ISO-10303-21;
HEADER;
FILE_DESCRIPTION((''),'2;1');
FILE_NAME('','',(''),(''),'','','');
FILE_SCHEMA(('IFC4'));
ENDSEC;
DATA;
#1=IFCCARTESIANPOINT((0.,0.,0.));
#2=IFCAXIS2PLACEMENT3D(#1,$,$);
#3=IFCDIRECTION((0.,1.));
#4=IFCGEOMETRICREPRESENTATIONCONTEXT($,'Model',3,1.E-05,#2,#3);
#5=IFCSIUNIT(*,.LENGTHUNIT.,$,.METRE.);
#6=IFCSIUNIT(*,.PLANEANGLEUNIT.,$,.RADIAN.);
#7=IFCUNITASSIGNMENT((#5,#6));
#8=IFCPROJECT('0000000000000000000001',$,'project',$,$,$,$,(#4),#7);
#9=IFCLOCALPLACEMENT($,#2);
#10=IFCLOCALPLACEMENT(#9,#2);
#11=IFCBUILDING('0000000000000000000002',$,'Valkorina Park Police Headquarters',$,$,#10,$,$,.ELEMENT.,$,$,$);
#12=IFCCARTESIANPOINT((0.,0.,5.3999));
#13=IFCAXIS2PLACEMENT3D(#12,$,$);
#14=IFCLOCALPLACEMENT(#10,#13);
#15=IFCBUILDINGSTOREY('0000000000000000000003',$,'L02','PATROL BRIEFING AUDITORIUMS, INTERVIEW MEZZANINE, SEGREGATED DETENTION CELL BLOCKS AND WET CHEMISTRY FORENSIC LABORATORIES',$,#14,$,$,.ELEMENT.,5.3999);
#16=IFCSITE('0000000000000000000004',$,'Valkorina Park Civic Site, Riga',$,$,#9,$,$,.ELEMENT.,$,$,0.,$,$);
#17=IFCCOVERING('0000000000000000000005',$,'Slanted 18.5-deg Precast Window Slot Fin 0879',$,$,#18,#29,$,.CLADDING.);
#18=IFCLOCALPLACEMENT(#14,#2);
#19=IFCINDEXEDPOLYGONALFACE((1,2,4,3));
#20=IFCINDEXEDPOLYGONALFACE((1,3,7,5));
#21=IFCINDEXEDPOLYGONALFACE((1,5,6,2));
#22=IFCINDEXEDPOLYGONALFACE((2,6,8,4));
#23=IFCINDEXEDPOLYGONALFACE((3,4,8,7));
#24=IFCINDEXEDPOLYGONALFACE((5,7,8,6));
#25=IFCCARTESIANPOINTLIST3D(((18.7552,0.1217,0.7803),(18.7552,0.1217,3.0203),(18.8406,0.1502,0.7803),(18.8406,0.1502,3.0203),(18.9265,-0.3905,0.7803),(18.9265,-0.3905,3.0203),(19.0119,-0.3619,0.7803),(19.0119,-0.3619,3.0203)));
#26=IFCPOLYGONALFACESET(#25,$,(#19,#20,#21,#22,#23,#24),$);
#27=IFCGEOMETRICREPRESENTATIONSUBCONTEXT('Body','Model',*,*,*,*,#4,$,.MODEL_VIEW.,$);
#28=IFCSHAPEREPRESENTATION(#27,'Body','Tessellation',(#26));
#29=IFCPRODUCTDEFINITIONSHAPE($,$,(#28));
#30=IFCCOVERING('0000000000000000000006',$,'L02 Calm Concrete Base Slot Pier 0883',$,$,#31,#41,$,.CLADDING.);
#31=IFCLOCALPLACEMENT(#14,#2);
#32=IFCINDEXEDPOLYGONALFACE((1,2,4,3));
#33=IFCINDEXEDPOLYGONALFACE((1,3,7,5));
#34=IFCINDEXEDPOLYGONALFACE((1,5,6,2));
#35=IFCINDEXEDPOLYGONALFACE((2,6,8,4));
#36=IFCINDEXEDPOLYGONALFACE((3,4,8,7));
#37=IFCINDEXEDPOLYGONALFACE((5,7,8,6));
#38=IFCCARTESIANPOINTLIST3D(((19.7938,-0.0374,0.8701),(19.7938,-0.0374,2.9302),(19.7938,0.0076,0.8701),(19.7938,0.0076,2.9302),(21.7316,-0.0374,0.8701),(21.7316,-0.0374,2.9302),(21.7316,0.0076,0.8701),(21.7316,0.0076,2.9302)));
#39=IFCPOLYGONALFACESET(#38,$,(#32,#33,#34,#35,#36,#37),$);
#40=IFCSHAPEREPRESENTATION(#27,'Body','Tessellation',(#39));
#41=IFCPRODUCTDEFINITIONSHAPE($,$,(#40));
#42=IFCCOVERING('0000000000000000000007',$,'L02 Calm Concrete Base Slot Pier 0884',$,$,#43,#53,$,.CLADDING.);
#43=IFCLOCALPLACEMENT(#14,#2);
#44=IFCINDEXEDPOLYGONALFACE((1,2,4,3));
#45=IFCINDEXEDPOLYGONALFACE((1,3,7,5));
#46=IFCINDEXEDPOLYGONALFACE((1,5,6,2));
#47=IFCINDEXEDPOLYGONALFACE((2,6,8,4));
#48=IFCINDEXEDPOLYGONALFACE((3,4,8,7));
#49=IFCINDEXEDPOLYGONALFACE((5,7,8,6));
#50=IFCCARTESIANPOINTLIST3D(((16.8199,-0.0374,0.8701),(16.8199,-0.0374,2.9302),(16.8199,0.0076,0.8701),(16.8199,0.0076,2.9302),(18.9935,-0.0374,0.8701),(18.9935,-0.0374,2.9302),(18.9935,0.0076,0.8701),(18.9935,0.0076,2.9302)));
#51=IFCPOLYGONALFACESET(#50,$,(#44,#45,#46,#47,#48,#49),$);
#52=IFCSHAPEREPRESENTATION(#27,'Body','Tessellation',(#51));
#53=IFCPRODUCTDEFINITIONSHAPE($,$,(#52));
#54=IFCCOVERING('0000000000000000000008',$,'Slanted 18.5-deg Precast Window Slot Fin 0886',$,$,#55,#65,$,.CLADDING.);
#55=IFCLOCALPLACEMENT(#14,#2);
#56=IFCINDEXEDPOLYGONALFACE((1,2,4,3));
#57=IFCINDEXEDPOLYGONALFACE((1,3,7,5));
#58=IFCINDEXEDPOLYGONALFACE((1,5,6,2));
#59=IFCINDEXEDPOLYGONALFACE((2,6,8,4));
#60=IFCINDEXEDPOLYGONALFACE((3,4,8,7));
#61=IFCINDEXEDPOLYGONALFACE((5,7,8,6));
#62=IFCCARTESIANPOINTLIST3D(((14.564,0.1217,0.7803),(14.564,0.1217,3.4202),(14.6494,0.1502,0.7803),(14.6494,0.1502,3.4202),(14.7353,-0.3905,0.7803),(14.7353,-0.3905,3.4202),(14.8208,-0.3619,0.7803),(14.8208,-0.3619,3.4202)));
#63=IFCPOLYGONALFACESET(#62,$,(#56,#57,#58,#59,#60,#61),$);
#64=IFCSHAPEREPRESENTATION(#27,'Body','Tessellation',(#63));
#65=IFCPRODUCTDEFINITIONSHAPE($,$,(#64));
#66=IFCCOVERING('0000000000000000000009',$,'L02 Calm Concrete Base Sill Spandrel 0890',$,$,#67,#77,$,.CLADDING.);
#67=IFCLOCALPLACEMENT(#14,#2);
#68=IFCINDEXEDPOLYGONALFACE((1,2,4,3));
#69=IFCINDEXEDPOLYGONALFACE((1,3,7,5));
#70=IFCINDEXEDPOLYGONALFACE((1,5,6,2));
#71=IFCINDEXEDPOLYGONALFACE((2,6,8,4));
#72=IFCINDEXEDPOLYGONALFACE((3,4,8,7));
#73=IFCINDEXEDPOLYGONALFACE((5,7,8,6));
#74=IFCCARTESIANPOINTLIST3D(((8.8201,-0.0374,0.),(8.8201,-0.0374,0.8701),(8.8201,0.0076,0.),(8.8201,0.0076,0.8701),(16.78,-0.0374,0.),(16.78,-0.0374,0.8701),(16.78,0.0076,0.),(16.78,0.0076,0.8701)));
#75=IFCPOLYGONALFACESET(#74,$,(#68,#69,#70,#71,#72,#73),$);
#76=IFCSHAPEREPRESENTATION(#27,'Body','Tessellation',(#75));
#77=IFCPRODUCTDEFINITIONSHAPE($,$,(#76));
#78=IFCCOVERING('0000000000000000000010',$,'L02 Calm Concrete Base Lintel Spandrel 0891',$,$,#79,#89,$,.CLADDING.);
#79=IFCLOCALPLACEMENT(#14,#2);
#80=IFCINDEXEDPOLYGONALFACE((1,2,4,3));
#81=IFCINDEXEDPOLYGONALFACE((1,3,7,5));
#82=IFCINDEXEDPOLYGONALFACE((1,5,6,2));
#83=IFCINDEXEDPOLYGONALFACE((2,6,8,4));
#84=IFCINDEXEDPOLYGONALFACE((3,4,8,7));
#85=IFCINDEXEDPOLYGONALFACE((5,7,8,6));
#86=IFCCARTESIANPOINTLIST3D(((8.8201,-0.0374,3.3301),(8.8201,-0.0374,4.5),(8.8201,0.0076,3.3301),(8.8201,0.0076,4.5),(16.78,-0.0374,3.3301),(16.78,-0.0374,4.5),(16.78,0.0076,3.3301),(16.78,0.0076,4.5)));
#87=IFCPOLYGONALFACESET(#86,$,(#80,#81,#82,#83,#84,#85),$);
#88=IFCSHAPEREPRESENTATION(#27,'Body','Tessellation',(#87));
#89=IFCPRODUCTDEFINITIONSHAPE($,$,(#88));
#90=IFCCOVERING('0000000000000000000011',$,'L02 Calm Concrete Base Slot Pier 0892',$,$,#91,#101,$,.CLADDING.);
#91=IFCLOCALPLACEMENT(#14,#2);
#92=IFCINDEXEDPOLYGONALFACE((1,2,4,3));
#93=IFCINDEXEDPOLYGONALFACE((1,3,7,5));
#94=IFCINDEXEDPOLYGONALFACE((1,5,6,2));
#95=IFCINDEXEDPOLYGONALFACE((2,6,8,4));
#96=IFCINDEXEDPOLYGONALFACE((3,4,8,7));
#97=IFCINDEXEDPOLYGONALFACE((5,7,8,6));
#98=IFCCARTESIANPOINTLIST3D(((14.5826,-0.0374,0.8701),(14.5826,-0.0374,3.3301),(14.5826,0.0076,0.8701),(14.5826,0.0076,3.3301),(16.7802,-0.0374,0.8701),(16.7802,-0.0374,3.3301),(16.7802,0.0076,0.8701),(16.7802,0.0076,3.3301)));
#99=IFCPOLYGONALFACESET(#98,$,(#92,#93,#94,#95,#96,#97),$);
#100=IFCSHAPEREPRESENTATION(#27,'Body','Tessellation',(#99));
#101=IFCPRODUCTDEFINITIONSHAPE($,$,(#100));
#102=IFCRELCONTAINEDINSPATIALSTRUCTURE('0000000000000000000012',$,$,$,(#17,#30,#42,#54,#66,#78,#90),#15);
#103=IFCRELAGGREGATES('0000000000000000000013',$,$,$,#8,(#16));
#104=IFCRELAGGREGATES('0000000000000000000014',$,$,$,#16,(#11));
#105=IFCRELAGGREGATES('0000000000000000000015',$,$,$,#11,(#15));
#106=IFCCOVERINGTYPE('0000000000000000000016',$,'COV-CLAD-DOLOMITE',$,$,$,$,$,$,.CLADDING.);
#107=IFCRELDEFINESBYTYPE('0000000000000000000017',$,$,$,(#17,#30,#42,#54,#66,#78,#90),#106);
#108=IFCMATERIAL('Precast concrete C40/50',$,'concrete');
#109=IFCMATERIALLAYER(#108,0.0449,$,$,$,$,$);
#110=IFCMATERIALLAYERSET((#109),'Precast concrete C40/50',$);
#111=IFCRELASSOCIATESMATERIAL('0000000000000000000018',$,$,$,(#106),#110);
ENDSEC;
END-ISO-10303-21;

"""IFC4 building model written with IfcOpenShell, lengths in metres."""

from ifc_helpers import new_model, si_unit, direction, frame, frame_2d, origin, origin_2d, place, context, subcontext, project, spatial, rectangle, extrude, material, layer, layer_set, type_object, element, save


model = new_model("IFC4")

# Units and contexts
model_context = context("Model", 3, precision=1e-05, world=origin(), true_north=direction((0.0, 1.0)))
body_context = subcontext(model_context, "Body", "Model", "MODEL_VIEW")
ifc_project = project(units=[si_unit("LENGTHUNIT", "METRE"), si_unit("PLANEANGLEUNIT", "RADIAN")], contexts=[model_context])

# Site, building, storey
site_placement = place(None, origin())
site = spatial("IfcSite", under=ifc_project, at=site_placement, Name="Valkorina Park Civic Site, Riga", CompositionType="ELEMENT", RefElevation=0.0)
building_placement = place(site_placement, origin())
building = spatial("IfcBuilding", under=site, at=building_placement, Name="Valkorina Park Police Headquarters", CompositionType="ELEMENT")
storey_placement = place(building_placement, frame((0.0, 0.0, 5.3999)))
storey = spatial("IfcBuildingStorey", under=building, at=storey_placement, Name="L02", Description="PATROL BRIEFING AUDITORIUMS, INTERVIEW MEZZANINE, SEGREGATED DETENTION CELL BLOCKS AND WET CHEMISTRY FORENSIC LABORATORIES", CompositionType="ELEMENT", Elevation=5.3999)

# Coverings
ifc_material_1 = material(Name="Precast concrete C40/50", Category="concrete")
ifc_layer_1 = layer(ifc_material_1, 0.0449)
ifc_layer_set_1 = layer_set([ifc_layer_1], Name="Precast concrete C40/50")
covering_type = type_object("IfcCoveringType", Name="COV-CLAD-DOLOMITE", PredefinedType="CLADDING", material=ifc_layer_set_1)
for number, where, z_axis, x_axis, name in (
    (1, (18.8835, -0.1201, 0.7803), (0.0, 0.0, 1.0), (0.317305, -0.948324, 0.0), "Slanted 18.5-deg Precast Window Slot Fin 0879"),
):
    element("IfcCovering", number, at=place(storey_placement, frame(where, z_axis=z_axis, x_axis=x_axis)), inside=storey, type_object=covering_type, Name=name, PredefinedType="CLADDING", context=body_context, shape_type="SweptSolid", body=[
        extrude(rectangle(XDim=0.54, YDim=0.0901, at=origin_2d()), origin(), (0.0, 0.0, 1.0), 2.24),
    ])
covering_1_placement = place(storey_placement, frame((21.7314, -0.0149, 0.8701), z_axis=(0.0, 0.0, 1.0), x_axis=(-1.0, 0.0, 0.0)))
element("IfcCovering", 2, at=covering_1_placement, inside=storey, type_object=covering_type, Name="L02 Calm Concrete Base Slot Pier 0883", PredefinedType="CLADDING", context=body_context, shape_type="SweptSolid", body=[
    extrude(rectangle(XDim=1.9377, YDim=0.0449, at=frame_2d((0.9688, 0.0))), origin(), (0.0, 0.0, 1.0), 2.0601),
])
covering_2_placement = place(storey_placement, frame((18.9937, -0.0149, 0.8701), z_axis=(0.0, 0.0, 1.0), x_axis=(-1.0, 0.0, 0.0)))
element("IfcCovering", 3, at=covering_2_placement, inside=storey, type_object=covering_type, Name="L02 Calm Concrete Base Slot Pier 0884", PredefinedType="CLADDING", context=body_context, shape_type="SweptSolid", body=[
    extrude(rectangle(XDim=2.1736, YDim=0.0449, at=frame_2d((1.0869, 0.0))), origin(), (0.0, 0.0, 1.0), 2.0601),
])
covering_3_placement = place(storey_placement, frame((14.6924, -0.1201, 0.7803), z_axis=(0.0, 0.0, 1.0), x_axis=(0.317305, -0.948324, 0.0)))
element("IfcCovering", 4, at=covering_3_placement, inside=storey, type_object=covering_type, Name="Slanted 18.5-deg Precast Window Slot Fin 0886", PredefinedType="CLADDING", context=body_context, shape_type="SweptSolid", body=[
    extrude(rectangle(XDim=0.54, YDim=0.0901, at=origin_2d()), origin(), (0.0, 0.0, 1.0), 2.6399),
])
covering_4_placement = place(storey_placement, frame((16.78, -0.0149, 0.0), z_axis=(0.0, 0.0, 1.0), x_axis=(-1.0, 0.0, 0.0)))
element("IfcCovering", 5, at=covering_4_placement, inside=storey, type_object=covering_type, Name="L02 Calm Concrete Base Sill Spandrel 0890", PredefinedType="CLADDING", context=body_context, shape_type="SweptSolid", body=[
    extrude(rectangle(XDim=7.96, YDim=0.0449, at=frame_2d((3.98, 0.0))), origin(), (0.0, 0.0, 1.0), 0.8701),
])
covering_5_placement = place(storey_placement, frame((16.78, -0.0149, 3.3301), z_axis=(0.0, 0.0, 1.0), x_axis=(-1.0, 0.0, 0.0)))
element("IfcCovering", 6, at=covering_5_placement, inside=storey, type_object=covering_type, Name="L02 Calm Concrete Base Lintel Spandrel 0891", PredefinedType="CLADDING", context=body_context, shape_type="SweptSolid", body=[
    extrude(rectangle(XDim=7.96, YDim=0.0449, at=frame_2d((3.98, 0.0))), origin(), (0.0, 0.0, 1.0), 1.1699),
])
covering_6_placement = place(storey_placement, frame((16.78, -0.0149, 0.8701), z_axis=(0.0, 0.0, 1.0), x_axis=(-1.0, 0.0, 0.0)))
element("IfcCovering", 7, at=covering_6_placement, inside=storey, type_object=covering_type, Name="L02 Calm Concrete Base Slot Pier 0892", PredefinedType="CLADDING", context=body_context, shape_type="SweptSolid", body=[
    extrude(rectangle(XDim=2.1975, YDim=0.0449, at=frame_2d((1.0986, 0.0))), origin(), (0.0, 0.0, 1.0), 2.46),
])

save(model, "model.ifc")
